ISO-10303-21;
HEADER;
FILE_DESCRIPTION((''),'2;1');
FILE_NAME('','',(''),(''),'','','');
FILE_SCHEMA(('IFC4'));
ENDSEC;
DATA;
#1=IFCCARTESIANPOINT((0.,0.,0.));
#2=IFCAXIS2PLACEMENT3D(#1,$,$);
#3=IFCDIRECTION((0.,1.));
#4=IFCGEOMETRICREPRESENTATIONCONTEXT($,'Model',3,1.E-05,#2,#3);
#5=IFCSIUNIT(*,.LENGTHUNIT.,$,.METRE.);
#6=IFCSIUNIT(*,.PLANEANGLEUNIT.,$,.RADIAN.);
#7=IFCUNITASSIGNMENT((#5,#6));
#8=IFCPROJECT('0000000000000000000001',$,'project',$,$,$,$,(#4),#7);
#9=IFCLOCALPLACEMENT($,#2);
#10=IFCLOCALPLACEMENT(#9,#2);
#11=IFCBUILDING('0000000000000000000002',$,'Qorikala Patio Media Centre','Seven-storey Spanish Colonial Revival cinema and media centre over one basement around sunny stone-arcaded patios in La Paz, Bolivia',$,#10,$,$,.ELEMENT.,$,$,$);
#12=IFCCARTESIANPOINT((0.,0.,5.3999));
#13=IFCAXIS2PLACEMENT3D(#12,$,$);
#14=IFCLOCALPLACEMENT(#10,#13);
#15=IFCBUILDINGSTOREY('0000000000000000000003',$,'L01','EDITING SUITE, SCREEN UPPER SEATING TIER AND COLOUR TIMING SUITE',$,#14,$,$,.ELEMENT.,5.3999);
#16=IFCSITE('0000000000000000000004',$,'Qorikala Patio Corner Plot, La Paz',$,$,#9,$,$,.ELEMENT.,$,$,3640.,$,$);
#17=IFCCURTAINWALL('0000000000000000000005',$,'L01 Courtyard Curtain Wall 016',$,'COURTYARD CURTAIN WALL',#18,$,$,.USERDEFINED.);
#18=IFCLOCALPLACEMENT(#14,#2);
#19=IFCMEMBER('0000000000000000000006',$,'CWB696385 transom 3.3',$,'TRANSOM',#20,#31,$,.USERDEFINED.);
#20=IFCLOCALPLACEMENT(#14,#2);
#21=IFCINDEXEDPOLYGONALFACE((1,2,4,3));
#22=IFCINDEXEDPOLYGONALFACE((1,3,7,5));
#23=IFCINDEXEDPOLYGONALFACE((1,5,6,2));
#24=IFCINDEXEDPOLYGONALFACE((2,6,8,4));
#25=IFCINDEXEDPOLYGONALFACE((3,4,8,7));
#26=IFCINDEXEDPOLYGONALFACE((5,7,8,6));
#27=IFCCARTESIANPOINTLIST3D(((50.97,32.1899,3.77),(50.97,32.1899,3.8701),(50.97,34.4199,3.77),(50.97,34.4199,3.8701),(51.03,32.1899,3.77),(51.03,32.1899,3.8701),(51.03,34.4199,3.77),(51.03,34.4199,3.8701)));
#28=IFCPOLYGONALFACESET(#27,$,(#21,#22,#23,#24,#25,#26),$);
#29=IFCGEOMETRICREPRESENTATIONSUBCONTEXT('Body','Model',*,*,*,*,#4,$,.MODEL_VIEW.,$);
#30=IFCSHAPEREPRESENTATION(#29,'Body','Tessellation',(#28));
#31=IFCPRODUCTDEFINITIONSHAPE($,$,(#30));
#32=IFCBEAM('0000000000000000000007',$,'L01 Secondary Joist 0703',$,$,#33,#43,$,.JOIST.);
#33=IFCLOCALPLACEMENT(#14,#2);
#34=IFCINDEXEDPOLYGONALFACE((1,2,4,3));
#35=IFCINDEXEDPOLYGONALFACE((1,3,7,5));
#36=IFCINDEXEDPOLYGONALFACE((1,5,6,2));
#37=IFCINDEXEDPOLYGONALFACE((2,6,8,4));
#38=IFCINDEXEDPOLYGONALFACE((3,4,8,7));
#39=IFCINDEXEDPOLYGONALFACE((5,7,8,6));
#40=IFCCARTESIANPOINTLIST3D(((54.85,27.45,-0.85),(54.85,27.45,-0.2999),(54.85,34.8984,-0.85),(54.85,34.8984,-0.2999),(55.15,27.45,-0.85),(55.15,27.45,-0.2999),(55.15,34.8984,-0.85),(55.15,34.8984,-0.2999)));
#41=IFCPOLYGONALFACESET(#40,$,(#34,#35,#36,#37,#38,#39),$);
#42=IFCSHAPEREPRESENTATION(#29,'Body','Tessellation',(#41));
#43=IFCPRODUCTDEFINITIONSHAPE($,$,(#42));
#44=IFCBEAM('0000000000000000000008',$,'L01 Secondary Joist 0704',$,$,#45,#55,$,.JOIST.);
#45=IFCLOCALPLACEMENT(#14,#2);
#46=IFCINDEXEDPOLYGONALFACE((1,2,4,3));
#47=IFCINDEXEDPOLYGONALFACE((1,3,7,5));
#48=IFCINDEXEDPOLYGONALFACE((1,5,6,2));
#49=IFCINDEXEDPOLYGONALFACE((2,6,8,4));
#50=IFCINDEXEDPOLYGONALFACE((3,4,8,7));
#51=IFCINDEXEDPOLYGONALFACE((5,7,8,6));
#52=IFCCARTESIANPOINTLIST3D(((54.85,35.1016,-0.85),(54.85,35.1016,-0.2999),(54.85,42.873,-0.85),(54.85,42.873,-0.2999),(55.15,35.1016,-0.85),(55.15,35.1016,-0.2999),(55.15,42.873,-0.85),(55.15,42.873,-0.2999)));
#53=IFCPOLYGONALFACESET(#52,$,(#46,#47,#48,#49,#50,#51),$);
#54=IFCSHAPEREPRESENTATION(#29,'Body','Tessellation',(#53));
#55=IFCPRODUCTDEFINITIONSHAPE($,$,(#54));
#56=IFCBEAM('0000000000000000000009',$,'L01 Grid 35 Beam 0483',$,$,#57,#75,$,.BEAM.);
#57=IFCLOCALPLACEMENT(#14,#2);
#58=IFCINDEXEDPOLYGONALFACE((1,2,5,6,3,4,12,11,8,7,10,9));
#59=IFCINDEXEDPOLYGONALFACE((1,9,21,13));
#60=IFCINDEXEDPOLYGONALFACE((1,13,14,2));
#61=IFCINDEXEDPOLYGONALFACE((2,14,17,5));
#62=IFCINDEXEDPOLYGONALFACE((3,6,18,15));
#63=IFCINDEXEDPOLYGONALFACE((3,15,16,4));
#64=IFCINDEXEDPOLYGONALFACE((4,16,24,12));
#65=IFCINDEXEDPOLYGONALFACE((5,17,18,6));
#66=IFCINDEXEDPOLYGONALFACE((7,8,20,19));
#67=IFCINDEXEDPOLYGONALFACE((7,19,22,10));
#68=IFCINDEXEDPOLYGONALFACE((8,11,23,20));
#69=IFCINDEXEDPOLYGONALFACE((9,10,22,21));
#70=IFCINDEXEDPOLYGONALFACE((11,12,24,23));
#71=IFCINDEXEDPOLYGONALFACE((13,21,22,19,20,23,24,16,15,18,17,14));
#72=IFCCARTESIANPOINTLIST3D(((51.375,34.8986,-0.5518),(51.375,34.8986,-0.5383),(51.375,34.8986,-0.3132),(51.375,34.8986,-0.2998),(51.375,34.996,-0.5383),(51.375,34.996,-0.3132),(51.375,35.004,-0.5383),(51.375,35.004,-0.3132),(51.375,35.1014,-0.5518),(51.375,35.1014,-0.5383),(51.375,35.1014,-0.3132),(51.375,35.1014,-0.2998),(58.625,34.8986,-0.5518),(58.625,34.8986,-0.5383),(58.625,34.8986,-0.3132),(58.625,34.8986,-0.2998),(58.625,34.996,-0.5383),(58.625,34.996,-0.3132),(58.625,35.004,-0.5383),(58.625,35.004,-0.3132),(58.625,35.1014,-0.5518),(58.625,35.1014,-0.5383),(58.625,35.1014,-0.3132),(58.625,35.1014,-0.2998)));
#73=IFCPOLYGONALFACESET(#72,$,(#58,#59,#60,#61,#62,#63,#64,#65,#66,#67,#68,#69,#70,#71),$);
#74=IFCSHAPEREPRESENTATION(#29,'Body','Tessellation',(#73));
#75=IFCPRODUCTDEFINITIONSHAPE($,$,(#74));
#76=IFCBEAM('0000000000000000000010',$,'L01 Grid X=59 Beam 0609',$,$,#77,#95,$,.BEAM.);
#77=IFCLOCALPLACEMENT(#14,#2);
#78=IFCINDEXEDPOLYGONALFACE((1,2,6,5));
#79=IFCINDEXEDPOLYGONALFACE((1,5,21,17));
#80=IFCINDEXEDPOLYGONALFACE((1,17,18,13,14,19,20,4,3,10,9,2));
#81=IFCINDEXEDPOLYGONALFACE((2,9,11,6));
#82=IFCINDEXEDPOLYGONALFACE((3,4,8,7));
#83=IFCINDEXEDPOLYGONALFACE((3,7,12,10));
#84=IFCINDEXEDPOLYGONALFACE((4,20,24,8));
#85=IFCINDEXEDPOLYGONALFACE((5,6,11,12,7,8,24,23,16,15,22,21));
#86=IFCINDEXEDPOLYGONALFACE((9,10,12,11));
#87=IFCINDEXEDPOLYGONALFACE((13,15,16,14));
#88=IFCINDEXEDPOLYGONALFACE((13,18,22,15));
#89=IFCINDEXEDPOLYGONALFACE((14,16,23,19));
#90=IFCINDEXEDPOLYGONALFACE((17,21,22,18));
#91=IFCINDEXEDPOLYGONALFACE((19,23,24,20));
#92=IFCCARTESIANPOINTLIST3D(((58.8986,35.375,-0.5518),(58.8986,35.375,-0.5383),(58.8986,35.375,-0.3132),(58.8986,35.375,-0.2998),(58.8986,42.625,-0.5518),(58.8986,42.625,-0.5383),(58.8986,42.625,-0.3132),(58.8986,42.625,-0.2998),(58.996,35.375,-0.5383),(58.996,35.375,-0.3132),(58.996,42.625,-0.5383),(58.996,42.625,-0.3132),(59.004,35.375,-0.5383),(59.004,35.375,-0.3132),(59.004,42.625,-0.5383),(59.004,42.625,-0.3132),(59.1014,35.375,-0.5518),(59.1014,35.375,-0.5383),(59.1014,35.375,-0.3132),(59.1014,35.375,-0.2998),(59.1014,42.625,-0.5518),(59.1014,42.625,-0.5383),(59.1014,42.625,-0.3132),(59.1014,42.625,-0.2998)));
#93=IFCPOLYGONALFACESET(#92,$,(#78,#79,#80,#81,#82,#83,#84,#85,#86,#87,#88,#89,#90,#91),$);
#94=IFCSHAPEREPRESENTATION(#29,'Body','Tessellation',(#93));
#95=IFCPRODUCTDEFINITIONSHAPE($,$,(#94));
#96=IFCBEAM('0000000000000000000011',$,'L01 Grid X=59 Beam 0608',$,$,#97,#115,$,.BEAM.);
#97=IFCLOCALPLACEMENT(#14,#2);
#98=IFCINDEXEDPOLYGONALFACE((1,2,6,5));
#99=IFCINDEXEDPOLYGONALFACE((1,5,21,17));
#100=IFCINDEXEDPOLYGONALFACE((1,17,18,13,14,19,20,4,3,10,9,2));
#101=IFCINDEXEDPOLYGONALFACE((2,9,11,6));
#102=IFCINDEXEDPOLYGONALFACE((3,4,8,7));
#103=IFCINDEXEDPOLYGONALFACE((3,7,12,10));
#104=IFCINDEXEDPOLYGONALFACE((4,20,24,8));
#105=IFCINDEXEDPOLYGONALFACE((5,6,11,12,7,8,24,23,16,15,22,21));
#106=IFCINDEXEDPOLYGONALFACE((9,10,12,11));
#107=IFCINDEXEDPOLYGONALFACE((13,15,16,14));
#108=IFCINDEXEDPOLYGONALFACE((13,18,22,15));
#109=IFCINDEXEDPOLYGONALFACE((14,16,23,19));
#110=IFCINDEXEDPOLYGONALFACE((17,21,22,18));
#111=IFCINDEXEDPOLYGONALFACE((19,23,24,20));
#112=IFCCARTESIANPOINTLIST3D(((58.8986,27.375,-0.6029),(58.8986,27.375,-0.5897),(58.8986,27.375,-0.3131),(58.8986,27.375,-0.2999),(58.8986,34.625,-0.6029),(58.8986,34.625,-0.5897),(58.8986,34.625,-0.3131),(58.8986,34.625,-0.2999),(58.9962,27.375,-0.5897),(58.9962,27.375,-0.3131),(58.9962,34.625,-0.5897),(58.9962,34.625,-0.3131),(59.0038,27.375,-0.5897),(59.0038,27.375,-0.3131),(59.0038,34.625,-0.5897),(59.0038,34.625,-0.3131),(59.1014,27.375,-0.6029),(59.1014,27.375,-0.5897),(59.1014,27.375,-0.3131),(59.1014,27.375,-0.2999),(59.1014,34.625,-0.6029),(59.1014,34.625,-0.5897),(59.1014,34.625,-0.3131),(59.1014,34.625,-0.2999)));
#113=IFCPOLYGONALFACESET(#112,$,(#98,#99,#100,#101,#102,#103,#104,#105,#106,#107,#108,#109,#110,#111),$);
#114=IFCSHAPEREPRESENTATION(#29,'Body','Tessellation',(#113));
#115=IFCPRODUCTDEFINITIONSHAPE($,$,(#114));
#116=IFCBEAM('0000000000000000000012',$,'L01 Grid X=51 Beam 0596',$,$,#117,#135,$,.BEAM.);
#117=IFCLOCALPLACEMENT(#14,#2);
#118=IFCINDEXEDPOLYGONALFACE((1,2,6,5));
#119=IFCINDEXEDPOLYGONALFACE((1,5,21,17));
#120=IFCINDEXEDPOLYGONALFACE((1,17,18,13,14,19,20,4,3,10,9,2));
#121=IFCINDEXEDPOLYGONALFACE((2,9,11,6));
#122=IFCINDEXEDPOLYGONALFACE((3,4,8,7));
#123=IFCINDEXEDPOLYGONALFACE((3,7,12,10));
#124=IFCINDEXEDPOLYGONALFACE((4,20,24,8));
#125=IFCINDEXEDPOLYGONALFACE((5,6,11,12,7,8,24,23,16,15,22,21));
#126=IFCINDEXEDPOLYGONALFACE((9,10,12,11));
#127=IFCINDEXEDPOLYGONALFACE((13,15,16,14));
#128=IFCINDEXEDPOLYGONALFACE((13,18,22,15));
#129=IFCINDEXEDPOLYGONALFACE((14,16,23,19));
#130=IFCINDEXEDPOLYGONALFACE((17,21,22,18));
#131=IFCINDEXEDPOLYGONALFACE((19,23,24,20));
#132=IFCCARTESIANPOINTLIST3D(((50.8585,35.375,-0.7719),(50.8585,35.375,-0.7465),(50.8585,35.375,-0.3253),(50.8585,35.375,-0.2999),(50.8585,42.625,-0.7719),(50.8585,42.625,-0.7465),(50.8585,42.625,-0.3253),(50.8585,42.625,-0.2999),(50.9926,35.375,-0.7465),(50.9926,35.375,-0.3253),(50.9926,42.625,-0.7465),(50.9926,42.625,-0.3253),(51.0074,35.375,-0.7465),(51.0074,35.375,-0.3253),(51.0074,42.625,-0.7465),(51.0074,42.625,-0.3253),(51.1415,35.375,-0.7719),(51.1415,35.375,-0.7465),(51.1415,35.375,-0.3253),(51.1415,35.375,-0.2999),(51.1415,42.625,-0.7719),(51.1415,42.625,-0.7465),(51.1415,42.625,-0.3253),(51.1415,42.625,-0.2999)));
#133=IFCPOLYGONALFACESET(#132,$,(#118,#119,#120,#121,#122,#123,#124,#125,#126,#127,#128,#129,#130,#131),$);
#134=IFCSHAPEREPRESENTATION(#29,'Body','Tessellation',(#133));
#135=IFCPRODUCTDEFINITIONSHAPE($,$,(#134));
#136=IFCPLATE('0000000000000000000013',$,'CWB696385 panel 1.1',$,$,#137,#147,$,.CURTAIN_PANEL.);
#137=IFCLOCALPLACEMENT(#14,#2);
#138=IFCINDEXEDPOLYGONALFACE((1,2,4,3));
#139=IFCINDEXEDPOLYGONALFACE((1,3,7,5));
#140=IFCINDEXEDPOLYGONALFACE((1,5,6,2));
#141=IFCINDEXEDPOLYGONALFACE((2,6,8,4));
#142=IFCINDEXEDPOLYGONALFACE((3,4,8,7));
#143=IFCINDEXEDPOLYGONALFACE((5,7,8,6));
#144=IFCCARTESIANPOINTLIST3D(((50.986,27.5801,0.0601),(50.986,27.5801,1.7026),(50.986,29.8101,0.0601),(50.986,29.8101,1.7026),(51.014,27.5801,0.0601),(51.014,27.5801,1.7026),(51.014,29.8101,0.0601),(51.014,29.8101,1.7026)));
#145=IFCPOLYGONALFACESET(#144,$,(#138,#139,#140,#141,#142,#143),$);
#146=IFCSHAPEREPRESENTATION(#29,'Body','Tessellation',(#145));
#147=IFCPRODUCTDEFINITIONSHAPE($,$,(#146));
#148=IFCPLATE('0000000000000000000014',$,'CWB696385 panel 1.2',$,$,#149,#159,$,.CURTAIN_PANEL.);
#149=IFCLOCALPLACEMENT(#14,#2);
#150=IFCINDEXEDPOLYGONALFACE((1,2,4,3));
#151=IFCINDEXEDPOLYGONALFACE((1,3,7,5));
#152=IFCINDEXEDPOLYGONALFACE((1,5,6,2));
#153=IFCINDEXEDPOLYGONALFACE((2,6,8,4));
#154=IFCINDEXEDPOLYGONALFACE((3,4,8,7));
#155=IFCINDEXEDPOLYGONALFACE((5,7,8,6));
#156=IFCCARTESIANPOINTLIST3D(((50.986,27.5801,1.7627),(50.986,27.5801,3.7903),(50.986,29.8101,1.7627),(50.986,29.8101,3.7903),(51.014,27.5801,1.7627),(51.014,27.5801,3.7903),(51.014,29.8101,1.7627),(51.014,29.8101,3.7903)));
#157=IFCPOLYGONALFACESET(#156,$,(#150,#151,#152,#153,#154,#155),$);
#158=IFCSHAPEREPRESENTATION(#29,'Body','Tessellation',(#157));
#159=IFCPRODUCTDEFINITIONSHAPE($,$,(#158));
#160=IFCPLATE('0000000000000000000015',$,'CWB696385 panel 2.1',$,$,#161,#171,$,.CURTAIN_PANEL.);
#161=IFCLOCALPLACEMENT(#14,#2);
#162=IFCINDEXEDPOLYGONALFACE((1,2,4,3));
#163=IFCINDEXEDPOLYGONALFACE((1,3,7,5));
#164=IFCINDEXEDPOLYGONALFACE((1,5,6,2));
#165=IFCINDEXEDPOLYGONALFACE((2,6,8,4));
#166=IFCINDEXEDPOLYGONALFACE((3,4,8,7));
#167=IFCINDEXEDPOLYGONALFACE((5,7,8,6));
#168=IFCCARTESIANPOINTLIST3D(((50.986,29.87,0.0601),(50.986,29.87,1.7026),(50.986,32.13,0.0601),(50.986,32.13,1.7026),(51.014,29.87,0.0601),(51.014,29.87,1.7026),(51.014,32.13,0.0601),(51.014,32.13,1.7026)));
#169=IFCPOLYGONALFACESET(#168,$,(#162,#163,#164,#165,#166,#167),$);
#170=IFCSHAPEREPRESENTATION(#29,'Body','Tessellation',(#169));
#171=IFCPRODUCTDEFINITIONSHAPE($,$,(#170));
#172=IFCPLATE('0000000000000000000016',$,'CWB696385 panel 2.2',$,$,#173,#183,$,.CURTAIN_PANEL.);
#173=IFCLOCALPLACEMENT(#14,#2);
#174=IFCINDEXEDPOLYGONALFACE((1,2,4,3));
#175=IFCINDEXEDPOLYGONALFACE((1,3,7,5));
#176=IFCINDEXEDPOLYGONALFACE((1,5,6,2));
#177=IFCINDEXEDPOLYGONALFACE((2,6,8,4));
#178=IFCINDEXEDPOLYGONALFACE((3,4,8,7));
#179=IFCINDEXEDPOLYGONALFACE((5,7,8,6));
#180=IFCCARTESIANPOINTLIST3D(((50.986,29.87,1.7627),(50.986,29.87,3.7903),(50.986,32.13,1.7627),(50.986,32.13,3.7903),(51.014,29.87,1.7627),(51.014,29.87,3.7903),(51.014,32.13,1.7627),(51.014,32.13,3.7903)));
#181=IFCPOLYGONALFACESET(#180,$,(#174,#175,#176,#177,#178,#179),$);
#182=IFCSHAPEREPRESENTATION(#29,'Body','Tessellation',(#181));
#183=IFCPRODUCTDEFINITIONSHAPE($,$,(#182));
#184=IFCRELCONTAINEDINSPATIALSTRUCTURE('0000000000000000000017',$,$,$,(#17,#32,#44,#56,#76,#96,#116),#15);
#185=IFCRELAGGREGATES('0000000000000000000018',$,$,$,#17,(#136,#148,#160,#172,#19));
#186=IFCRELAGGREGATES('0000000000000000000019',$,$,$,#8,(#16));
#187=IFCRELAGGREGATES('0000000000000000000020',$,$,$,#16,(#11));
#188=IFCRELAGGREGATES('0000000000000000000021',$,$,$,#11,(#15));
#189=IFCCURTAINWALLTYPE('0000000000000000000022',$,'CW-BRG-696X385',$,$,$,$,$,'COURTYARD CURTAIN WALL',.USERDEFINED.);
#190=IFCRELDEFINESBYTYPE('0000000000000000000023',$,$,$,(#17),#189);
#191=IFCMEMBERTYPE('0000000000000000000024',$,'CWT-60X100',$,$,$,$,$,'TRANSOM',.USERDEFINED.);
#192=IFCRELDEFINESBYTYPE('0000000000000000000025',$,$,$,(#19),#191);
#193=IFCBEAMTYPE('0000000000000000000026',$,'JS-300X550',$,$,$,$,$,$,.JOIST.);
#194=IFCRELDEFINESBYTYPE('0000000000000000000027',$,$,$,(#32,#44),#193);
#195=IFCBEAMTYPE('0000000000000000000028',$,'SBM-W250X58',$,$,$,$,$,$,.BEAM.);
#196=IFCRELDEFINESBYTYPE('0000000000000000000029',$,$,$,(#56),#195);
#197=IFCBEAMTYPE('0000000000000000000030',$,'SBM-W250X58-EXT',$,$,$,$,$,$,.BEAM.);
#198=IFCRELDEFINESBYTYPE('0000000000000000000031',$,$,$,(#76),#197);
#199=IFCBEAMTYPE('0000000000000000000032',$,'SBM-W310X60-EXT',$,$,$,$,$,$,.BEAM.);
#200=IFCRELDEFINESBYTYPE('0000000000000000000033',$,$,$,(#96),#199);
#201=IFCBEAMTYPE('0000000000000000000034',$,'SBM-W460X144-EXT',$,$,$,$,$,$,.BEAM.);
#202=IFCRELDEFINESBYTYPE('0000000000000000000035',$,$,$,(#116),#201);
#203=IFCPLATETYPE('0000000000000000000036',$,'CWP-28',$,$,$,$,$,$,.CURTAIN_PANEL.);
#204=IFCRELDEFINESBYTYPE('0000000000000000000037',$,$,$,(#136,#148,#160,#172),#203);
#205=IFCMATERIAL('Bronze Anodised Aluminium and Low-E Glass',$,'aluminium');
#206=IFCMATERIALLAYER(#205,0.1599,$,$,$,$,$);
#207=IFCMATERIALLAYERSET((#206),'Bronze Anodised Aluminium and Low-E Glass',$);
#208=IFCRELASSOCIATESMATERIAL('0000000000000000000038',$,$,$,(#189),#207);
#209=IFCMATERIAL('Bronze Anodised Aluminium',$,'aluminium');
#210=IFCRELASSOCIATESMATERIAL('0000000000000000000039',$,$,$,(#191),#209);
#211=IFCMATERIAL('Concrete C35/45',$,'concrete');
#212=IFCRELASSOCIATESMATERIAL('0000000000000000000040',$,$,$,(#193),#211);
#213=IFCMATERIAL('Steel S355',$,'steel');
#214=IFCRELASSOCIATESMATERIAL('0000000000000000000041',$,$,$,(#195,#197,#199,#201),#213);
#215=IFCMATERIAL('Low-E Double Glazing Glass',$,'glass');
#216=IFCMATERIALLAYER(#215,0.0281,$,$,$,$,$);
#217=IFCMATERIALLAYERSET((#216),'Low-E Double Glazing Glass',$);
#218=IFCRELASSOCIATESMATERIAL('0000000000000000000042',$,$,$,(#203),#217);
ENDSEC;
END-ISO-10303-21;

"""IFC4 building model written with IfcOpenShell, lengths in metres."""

from ifc_helpers import new_model, si_unit, direction, frame, origin, origin_2d, place, context, subcontext, project, spatial, rectangle, i_section, extrude, material, layer, layer_set, material_profile, profile_set, type_object, element, aggregate, save


model = new_model("IFC4")

# Units and contexts
model_context = context("Model", 3, precision=1e-05, world=origin(), true_north=direction((0.0, 1.0)))
body_context = subcontext(model_context, "Body", "Model", "MODEL_VIEW")
ifc_project = project(units=[si_unit("LENGTHUNIT", "METRE"), si_unit("PLANEANGLEUNIT", "RADIAN")], contexts=[model_context])

# Site, building, storey
site_placement = place(None, origin())
site = spatial("IfcSite", under=ifc_project, at=site_placement, Name="Qorikala Patio Corner Plot, La Paz", CompositionType="ELEMENT", RefElevation=3640.0)
building_placement = place(site_placement, origin())
building = spatial("IfcBuilding", under=site, at=building_placement, Name="Qorikala Patio Media Centre", Description="Seven-storey Spanish Colonial Revival cinema and media centre over one basement around sunny stone-arcaded patios in La Paz, Bolivia", CompositionType="ELEMENT")
storey_placement = place(building_placement, frame((0.0, 0.0, 5.3999)))
storey = spatial("IfcBuildingStorey", under=building, at=storey_placement, Name="L01", Description="EDITING SUITE, SCREEN UPPER SEATING TIER AND COLOUR TIMING SUITE", CompositionType="ELEMENT", Elevation=5.3999)

# Shared definitions
ifc_material_1 = material(Name="Concrete C35/45", Category="concrete")

# Curtain wall, member
ifc_material_2 = material(Name="Bronze Anodised Aluminium and Low-E Glass", Category="aluminium")
ifc_layer_1 = layer(ifc_material_2, 0.1599)
ifc_layer_set_1 = layer_set([ifc_layer_1], Name="Bronze Anodised Aluminium and Low-E Glass")
curtain_wall_type = type_object("IfcCurtainWallType", Name="CW-BRG-696X385", ElementType="COURTYARD CURTAIN WALL", PredefinedType="USERDEFINED", material=ifc_layer_set_1)
curtain_wall_placement = place(storey_placement, origin())
curtain_wall = element("IfcCurtainWall", 1, at=curtain_wall_placement, inside=storey, type_object=curtain_wall_type, Name="L01 Courtyard Curtain Wall 016", ObjectType="COURTYARD CURTAIN WALL", PredefinedType="USERDEFINED")
ifc_material_3 = material(Name="Bronze Anodised Aluminium", Category="aluminium")
ifc_material_profile_1 = material_profile(ifc_material_3, rectangle(XDim=0.0601, YDim=0.1001, at=origin_2d()), Name="ALU TRANSOM 60x100")
ifc_profile_set_1 = profile_set([ifc_material_profile_1], Name="Bronze Anodised Aluminium")
member_type_1 = type_object("IfcMemberType", Name="CWT-60X100", ElementType="TRANSOM", PredefinedType="USERDEFINED", material=ifc_profile_set_1)
member_1_placement = place(storey_placement, frame((51.0, 32.1899, 3.8201), z_axis=(0.0, 1.0, 0.0), x_axis=(-1.0, 0.0, 0.0)))
member_1 = element("IfcMember", 2, at=member_1_placement, type_object=member_type_1, Name="CWB696385 transom 3.3", ObjectType="TRANSOM", PredefinedType="USERDEFINED", context=body_context, shape_type="SweptSolid", body=[
    extrude(rectangle(XDim=0.0601, YDim=0.1001, at=origin_2d()), origin(), (0.0, 0.0, 1.0), 2.23),
])

# Beams
ifc_material_profile_2 = material_profile(ifc_material_1, rectangle(XDim=0.3, YDim=0.55, at=origin_2d()), Name="RC 300x550")
ifc_profile_set_2 = profile_set([ifc_material_profile_2], Name="Concrete C35/45")
beam_type_1 = type_object("IfcBeamType", Name="JS-300X550", PredefinedType="JOIST", material=ifc_profile_set_2)
beam_1_placement = place(storey_placement, frame((55.0, 27.45, -0.575), z_axis=(0.0, 1.0, 0.0), x_axis=(-1.0, 0.0, 0.0)))
element("IfcBeam", 3, at=beam_1_placement, inside=storey, type_object=beam_type_1, Name="L01 Secondary Joist 0703", PredefinedType="JOIST", context=body_context, shape_type="SweptSolid", body=[
    extrude(rectangle(XDim=0.3, YDim=0.55, at=origin_2d()), origin(), (0.0, 0.0, 1.0), 7.4485),
])
beam_2_placement = place(storey_placement, frame((55.0, 35.1016, -0.575), z_axis=(0.0, 1.0, 0.0), x_axis=(-1.0, 0.0, 0.0)))
element("IfcBeam", 4, at=beam_2_placement, inside=storey, type_object=beam_type_1, Name="L01 Secondary Joist 0704", PredefinedType="JOIST", context=body_context, shape_type="SweptSolid", body=[
    extrude(rectangle(XDim=0.3, YDim=0.55, at=origin_2d()), origin(), (0.0, 0.0, 1.0), 7.7715),
])
ifc_material_4 = material(Name="Steel S355", Category="steel")
ifc_material_profile_3 = material_profile(ifc_material_4, i_section(OverallWidth=0.2029, OverallDepth=0.252, WebThickness=0.0081, FlangeThickness=0.0134, at=origin_2d()), Name="W250X58")
ifc_profile_set_3 = profile_set([ifc_material_profile_3], Name="Steel S355")
beam_type_2 = type_object("IfcBeamType", Name="SBM-W250X58", PredefinedType="BEAM", material=ifc_profile_set_3)
beam_3_placement = place(storey_placement, frame((51.375, 35.0, -0.4258), z_axis=(1.0, 0.0, 0.0), x_axis=(0.0, 1.0, 0.0)))
element("IfcBeam", 5, at=beam_3_placement, inside=storey, type_object=beam_type_2, Name="L01 Grid 35 Beam 0483", PredefinedType="BEAM", context=body_context, shape_type="SweptSolid", body=[
    extrude(i_section(OverallWidth=0.2029, OverallDepth=0.252, WebThickness=0.0081, FlangeThickness=0.0134, at=origin_2d()), origin(), (0.0, 0.0, 1.0), 7.25),
])
ifc_material_profile_4 = material_profile(ifc_material_4, i_section(OverallWidth=0.2029, OverallDepth=0.252, WebThickness=0.0081, FlangeThickness=0.0134, at=origin_2d()), Name="W250X58")
ifc_profile_set_4 = profile_set([ifc_material_profile_4], Name="Steel S355")
beam_type_3 = type_object("IfcBeamType", Name="SBM-W250X58-EXT", PredefinedType="BEAM", material=ifc_profile_set_4)
beam_4_placement = place(storey_placement, frame((59.0, 35.375, -0.4258), z_axis=(0.0, 1.0, 0.0), x_axis=(-1.0, 0.0, 0.0)))
element("IfcBeam", 6, at=beam_4_placement, inside=storey, type_object=beam_type_3, Name="L01 Grid X=59 Beam 0609", PredefinedType="BEAM", context=body_context, shape_type="SweptSolid", body=[
    extrude(i_section(OverallWidth=0.2029, OverallDepth=0.252, WebThickness=0.0081, FlangeThickness=0.0134, at=origin_2d()), origin(), (0.0, 0.0, 1.0), 7.25),
])
ifc_material_profile_5 = material_profile(ifc_material_4, i_section(OverallWidth=0.2029, OverallDepth=0.303, WebThickness=0.0076, FlangeThickness=0.0132, at=origin_2d()), Name="W310X60")
ifc_profile_set_5 = profile_set([ifc_material_profile_5], Name="Steel S355")
beam_type_4 = type_object("IfcBeamType", Name="SBM-W310X60-EXT", PredefinedType="BEAM", material=ifc_profile_set_5)
beam_5_placement = place(storey_placement, frame((59.0, 27.375, -0.4514), z_axis=(0.0, 1.0, 0.0), x_axis=(-1.0, 0.0, 0.0)))
element("IfcBeam", 7, at=beam_5_placement, inside=storey, type_object=beam_type_4, Name="L01 Grid X=59 Beam 0608", PredefinedType="BEAM", context=body_context, shape_type="SweptSolid", body=[
    extrude(i_section(OverallWidth=0.2029, OverallDepth=0.303, WebThickness=0.0076, FlangeThickness=0.0132, at=origin_2d()), origin(), (0.0, 0.0, 1.0), 7.25),
])
ifc_material_profile_6 = material_profile(ifc_material_4, i_section(OverallWidth=0.283, OverallDepth=0.4719, WebThickness=0.0149, FlangeThickness=0.0254, at=origin_2d()), Name="W460X144")
ifc_profile_set_6 = profile_set([ifc_material_profile_6], Name="Steel S355")
beam_type_5 = type_object("IfcBeamType", Name="SBM-W460X144-EXT", PredefinedType="BEAM", material=ifc_profile_set_6)
beam_6_placement = place(storey_placement, frame((51.0, 35.375, -0.5359), z_axis=(0.0, 1.0, 0.0), x_axis=(-1.0, 0.0, 0.0)))
element("IfcBeam", 8, at=beam_6_placement, inside=storey, type_object=beam_type_5, Name="L01 Grid X=51 Beam 0596", PredefinedType="BEAM", context=body_context, shape_type="SweptSolid", body=[
    extrude(i_section(OverallWidth=0.283, OverallDepth=0.4719, WebThickness=0.0149, FlangeThickness=0.0254, at=origin_2d()), origin(), (0.0, 0.0, 1.0), 7.25),
])

# Plates
ifc_material_5 = material(Name="Low-E Double Glazing Glass", Category="glass")
ifc_layer_2 = layer(ifc_material_5, 0.0281)
ifc_layer_set_2 = layer_set([ifc_layer_2], Name="Low-E Double Glazing Glass")
plate_type = type_object("IfcPlateType", Name="CWP-28", PredefinedType="CURTAIN_PANEL", material=ifc_layer_set_2)
plate_1_placement = place(storey_placement, frame((51.0, 28.6951, 0.0601), z_axis=(0.0, 0.0, 1.0), x_axis=(0.0, 1.0, 0.0)))
plate_1 = element("IfcPlate", 9, at=plate_1_placement, type_object=plate_type, Name="CWB696385 panel 1.1", PredefinedType="CURTAIN_PANEL", context=body_context, shape_type="SweptSolid", body=[
    extrude(rectangle(XDim=2.23, YDim=0.0281, at=origin_2d()), origin(), (0.0, 0.0, 1.0), 1.6426),
])
plate_2_placement = place(storey_placement, frame((51.0, 28.6951, 1.7627), z_axis=(0.0, 0.0, 1.0), x_axis=(0.0, 1.0, 0.0)))
plate_2 = element("IfcPlate", 10, at=plate_2_placement, type_object=plate_type, Name="CWB696385 panel 1.2", PredefinedType="CURTAIN_PANEL", context=body_context, shape_type="SweptSolid", body=[
    extrude(rectangle(XDim=2.23, YDim=0.0281, at=origin_2d()), origin(), (0.0, 0.0, 1.0), 2.0276),
])
plate_3_placement = place(storey_placement, frame((51.0, 31.0, 0.0601), z_axis=(0.0, 0.0, 1.0), x_axis=(0.0, 1.0, 0.0)))
plate_3 = element("IfcPlate", 11, at=plate_3_placement, type_object=plate_type, Name="CWB696385 panel 2.1", PredefinedType="CURTAIN_PANEL", context=body_context, shape_type="SweptSolid", body=[
    extrude(rectangle(XDim=2.26, YDim=0.0281, at=origin_2d()), origin(), (0.0, 0.0, 1.0), 1.6426),
])
plate_4_placement = place(storey_placement, frame((51.0, 31.0, 1.7627), z_axis=(0.0, 0.0, 1.0), x_axis=(0.0, 1.0, 0.0)))
plate_4 = element("IfcPlate", 12, at=plate_4_placement, type_object=plate_type, Name="CWB696385 panel 2.2", PredefinedType="CURTAIN_PANEL", context=body_context, shape_type="SweptSolid", body=[
    extrude(rectangle(XDim=2.26, YDim=0.0281, at=origin_2d()), origin(), (0.0, 0.0, 1.0), 2.0276),
])
aggregate(curtain_wall, [plate_1, plate_2, plate_3, plate_4, member_1])

save(model, "model.ifc")
